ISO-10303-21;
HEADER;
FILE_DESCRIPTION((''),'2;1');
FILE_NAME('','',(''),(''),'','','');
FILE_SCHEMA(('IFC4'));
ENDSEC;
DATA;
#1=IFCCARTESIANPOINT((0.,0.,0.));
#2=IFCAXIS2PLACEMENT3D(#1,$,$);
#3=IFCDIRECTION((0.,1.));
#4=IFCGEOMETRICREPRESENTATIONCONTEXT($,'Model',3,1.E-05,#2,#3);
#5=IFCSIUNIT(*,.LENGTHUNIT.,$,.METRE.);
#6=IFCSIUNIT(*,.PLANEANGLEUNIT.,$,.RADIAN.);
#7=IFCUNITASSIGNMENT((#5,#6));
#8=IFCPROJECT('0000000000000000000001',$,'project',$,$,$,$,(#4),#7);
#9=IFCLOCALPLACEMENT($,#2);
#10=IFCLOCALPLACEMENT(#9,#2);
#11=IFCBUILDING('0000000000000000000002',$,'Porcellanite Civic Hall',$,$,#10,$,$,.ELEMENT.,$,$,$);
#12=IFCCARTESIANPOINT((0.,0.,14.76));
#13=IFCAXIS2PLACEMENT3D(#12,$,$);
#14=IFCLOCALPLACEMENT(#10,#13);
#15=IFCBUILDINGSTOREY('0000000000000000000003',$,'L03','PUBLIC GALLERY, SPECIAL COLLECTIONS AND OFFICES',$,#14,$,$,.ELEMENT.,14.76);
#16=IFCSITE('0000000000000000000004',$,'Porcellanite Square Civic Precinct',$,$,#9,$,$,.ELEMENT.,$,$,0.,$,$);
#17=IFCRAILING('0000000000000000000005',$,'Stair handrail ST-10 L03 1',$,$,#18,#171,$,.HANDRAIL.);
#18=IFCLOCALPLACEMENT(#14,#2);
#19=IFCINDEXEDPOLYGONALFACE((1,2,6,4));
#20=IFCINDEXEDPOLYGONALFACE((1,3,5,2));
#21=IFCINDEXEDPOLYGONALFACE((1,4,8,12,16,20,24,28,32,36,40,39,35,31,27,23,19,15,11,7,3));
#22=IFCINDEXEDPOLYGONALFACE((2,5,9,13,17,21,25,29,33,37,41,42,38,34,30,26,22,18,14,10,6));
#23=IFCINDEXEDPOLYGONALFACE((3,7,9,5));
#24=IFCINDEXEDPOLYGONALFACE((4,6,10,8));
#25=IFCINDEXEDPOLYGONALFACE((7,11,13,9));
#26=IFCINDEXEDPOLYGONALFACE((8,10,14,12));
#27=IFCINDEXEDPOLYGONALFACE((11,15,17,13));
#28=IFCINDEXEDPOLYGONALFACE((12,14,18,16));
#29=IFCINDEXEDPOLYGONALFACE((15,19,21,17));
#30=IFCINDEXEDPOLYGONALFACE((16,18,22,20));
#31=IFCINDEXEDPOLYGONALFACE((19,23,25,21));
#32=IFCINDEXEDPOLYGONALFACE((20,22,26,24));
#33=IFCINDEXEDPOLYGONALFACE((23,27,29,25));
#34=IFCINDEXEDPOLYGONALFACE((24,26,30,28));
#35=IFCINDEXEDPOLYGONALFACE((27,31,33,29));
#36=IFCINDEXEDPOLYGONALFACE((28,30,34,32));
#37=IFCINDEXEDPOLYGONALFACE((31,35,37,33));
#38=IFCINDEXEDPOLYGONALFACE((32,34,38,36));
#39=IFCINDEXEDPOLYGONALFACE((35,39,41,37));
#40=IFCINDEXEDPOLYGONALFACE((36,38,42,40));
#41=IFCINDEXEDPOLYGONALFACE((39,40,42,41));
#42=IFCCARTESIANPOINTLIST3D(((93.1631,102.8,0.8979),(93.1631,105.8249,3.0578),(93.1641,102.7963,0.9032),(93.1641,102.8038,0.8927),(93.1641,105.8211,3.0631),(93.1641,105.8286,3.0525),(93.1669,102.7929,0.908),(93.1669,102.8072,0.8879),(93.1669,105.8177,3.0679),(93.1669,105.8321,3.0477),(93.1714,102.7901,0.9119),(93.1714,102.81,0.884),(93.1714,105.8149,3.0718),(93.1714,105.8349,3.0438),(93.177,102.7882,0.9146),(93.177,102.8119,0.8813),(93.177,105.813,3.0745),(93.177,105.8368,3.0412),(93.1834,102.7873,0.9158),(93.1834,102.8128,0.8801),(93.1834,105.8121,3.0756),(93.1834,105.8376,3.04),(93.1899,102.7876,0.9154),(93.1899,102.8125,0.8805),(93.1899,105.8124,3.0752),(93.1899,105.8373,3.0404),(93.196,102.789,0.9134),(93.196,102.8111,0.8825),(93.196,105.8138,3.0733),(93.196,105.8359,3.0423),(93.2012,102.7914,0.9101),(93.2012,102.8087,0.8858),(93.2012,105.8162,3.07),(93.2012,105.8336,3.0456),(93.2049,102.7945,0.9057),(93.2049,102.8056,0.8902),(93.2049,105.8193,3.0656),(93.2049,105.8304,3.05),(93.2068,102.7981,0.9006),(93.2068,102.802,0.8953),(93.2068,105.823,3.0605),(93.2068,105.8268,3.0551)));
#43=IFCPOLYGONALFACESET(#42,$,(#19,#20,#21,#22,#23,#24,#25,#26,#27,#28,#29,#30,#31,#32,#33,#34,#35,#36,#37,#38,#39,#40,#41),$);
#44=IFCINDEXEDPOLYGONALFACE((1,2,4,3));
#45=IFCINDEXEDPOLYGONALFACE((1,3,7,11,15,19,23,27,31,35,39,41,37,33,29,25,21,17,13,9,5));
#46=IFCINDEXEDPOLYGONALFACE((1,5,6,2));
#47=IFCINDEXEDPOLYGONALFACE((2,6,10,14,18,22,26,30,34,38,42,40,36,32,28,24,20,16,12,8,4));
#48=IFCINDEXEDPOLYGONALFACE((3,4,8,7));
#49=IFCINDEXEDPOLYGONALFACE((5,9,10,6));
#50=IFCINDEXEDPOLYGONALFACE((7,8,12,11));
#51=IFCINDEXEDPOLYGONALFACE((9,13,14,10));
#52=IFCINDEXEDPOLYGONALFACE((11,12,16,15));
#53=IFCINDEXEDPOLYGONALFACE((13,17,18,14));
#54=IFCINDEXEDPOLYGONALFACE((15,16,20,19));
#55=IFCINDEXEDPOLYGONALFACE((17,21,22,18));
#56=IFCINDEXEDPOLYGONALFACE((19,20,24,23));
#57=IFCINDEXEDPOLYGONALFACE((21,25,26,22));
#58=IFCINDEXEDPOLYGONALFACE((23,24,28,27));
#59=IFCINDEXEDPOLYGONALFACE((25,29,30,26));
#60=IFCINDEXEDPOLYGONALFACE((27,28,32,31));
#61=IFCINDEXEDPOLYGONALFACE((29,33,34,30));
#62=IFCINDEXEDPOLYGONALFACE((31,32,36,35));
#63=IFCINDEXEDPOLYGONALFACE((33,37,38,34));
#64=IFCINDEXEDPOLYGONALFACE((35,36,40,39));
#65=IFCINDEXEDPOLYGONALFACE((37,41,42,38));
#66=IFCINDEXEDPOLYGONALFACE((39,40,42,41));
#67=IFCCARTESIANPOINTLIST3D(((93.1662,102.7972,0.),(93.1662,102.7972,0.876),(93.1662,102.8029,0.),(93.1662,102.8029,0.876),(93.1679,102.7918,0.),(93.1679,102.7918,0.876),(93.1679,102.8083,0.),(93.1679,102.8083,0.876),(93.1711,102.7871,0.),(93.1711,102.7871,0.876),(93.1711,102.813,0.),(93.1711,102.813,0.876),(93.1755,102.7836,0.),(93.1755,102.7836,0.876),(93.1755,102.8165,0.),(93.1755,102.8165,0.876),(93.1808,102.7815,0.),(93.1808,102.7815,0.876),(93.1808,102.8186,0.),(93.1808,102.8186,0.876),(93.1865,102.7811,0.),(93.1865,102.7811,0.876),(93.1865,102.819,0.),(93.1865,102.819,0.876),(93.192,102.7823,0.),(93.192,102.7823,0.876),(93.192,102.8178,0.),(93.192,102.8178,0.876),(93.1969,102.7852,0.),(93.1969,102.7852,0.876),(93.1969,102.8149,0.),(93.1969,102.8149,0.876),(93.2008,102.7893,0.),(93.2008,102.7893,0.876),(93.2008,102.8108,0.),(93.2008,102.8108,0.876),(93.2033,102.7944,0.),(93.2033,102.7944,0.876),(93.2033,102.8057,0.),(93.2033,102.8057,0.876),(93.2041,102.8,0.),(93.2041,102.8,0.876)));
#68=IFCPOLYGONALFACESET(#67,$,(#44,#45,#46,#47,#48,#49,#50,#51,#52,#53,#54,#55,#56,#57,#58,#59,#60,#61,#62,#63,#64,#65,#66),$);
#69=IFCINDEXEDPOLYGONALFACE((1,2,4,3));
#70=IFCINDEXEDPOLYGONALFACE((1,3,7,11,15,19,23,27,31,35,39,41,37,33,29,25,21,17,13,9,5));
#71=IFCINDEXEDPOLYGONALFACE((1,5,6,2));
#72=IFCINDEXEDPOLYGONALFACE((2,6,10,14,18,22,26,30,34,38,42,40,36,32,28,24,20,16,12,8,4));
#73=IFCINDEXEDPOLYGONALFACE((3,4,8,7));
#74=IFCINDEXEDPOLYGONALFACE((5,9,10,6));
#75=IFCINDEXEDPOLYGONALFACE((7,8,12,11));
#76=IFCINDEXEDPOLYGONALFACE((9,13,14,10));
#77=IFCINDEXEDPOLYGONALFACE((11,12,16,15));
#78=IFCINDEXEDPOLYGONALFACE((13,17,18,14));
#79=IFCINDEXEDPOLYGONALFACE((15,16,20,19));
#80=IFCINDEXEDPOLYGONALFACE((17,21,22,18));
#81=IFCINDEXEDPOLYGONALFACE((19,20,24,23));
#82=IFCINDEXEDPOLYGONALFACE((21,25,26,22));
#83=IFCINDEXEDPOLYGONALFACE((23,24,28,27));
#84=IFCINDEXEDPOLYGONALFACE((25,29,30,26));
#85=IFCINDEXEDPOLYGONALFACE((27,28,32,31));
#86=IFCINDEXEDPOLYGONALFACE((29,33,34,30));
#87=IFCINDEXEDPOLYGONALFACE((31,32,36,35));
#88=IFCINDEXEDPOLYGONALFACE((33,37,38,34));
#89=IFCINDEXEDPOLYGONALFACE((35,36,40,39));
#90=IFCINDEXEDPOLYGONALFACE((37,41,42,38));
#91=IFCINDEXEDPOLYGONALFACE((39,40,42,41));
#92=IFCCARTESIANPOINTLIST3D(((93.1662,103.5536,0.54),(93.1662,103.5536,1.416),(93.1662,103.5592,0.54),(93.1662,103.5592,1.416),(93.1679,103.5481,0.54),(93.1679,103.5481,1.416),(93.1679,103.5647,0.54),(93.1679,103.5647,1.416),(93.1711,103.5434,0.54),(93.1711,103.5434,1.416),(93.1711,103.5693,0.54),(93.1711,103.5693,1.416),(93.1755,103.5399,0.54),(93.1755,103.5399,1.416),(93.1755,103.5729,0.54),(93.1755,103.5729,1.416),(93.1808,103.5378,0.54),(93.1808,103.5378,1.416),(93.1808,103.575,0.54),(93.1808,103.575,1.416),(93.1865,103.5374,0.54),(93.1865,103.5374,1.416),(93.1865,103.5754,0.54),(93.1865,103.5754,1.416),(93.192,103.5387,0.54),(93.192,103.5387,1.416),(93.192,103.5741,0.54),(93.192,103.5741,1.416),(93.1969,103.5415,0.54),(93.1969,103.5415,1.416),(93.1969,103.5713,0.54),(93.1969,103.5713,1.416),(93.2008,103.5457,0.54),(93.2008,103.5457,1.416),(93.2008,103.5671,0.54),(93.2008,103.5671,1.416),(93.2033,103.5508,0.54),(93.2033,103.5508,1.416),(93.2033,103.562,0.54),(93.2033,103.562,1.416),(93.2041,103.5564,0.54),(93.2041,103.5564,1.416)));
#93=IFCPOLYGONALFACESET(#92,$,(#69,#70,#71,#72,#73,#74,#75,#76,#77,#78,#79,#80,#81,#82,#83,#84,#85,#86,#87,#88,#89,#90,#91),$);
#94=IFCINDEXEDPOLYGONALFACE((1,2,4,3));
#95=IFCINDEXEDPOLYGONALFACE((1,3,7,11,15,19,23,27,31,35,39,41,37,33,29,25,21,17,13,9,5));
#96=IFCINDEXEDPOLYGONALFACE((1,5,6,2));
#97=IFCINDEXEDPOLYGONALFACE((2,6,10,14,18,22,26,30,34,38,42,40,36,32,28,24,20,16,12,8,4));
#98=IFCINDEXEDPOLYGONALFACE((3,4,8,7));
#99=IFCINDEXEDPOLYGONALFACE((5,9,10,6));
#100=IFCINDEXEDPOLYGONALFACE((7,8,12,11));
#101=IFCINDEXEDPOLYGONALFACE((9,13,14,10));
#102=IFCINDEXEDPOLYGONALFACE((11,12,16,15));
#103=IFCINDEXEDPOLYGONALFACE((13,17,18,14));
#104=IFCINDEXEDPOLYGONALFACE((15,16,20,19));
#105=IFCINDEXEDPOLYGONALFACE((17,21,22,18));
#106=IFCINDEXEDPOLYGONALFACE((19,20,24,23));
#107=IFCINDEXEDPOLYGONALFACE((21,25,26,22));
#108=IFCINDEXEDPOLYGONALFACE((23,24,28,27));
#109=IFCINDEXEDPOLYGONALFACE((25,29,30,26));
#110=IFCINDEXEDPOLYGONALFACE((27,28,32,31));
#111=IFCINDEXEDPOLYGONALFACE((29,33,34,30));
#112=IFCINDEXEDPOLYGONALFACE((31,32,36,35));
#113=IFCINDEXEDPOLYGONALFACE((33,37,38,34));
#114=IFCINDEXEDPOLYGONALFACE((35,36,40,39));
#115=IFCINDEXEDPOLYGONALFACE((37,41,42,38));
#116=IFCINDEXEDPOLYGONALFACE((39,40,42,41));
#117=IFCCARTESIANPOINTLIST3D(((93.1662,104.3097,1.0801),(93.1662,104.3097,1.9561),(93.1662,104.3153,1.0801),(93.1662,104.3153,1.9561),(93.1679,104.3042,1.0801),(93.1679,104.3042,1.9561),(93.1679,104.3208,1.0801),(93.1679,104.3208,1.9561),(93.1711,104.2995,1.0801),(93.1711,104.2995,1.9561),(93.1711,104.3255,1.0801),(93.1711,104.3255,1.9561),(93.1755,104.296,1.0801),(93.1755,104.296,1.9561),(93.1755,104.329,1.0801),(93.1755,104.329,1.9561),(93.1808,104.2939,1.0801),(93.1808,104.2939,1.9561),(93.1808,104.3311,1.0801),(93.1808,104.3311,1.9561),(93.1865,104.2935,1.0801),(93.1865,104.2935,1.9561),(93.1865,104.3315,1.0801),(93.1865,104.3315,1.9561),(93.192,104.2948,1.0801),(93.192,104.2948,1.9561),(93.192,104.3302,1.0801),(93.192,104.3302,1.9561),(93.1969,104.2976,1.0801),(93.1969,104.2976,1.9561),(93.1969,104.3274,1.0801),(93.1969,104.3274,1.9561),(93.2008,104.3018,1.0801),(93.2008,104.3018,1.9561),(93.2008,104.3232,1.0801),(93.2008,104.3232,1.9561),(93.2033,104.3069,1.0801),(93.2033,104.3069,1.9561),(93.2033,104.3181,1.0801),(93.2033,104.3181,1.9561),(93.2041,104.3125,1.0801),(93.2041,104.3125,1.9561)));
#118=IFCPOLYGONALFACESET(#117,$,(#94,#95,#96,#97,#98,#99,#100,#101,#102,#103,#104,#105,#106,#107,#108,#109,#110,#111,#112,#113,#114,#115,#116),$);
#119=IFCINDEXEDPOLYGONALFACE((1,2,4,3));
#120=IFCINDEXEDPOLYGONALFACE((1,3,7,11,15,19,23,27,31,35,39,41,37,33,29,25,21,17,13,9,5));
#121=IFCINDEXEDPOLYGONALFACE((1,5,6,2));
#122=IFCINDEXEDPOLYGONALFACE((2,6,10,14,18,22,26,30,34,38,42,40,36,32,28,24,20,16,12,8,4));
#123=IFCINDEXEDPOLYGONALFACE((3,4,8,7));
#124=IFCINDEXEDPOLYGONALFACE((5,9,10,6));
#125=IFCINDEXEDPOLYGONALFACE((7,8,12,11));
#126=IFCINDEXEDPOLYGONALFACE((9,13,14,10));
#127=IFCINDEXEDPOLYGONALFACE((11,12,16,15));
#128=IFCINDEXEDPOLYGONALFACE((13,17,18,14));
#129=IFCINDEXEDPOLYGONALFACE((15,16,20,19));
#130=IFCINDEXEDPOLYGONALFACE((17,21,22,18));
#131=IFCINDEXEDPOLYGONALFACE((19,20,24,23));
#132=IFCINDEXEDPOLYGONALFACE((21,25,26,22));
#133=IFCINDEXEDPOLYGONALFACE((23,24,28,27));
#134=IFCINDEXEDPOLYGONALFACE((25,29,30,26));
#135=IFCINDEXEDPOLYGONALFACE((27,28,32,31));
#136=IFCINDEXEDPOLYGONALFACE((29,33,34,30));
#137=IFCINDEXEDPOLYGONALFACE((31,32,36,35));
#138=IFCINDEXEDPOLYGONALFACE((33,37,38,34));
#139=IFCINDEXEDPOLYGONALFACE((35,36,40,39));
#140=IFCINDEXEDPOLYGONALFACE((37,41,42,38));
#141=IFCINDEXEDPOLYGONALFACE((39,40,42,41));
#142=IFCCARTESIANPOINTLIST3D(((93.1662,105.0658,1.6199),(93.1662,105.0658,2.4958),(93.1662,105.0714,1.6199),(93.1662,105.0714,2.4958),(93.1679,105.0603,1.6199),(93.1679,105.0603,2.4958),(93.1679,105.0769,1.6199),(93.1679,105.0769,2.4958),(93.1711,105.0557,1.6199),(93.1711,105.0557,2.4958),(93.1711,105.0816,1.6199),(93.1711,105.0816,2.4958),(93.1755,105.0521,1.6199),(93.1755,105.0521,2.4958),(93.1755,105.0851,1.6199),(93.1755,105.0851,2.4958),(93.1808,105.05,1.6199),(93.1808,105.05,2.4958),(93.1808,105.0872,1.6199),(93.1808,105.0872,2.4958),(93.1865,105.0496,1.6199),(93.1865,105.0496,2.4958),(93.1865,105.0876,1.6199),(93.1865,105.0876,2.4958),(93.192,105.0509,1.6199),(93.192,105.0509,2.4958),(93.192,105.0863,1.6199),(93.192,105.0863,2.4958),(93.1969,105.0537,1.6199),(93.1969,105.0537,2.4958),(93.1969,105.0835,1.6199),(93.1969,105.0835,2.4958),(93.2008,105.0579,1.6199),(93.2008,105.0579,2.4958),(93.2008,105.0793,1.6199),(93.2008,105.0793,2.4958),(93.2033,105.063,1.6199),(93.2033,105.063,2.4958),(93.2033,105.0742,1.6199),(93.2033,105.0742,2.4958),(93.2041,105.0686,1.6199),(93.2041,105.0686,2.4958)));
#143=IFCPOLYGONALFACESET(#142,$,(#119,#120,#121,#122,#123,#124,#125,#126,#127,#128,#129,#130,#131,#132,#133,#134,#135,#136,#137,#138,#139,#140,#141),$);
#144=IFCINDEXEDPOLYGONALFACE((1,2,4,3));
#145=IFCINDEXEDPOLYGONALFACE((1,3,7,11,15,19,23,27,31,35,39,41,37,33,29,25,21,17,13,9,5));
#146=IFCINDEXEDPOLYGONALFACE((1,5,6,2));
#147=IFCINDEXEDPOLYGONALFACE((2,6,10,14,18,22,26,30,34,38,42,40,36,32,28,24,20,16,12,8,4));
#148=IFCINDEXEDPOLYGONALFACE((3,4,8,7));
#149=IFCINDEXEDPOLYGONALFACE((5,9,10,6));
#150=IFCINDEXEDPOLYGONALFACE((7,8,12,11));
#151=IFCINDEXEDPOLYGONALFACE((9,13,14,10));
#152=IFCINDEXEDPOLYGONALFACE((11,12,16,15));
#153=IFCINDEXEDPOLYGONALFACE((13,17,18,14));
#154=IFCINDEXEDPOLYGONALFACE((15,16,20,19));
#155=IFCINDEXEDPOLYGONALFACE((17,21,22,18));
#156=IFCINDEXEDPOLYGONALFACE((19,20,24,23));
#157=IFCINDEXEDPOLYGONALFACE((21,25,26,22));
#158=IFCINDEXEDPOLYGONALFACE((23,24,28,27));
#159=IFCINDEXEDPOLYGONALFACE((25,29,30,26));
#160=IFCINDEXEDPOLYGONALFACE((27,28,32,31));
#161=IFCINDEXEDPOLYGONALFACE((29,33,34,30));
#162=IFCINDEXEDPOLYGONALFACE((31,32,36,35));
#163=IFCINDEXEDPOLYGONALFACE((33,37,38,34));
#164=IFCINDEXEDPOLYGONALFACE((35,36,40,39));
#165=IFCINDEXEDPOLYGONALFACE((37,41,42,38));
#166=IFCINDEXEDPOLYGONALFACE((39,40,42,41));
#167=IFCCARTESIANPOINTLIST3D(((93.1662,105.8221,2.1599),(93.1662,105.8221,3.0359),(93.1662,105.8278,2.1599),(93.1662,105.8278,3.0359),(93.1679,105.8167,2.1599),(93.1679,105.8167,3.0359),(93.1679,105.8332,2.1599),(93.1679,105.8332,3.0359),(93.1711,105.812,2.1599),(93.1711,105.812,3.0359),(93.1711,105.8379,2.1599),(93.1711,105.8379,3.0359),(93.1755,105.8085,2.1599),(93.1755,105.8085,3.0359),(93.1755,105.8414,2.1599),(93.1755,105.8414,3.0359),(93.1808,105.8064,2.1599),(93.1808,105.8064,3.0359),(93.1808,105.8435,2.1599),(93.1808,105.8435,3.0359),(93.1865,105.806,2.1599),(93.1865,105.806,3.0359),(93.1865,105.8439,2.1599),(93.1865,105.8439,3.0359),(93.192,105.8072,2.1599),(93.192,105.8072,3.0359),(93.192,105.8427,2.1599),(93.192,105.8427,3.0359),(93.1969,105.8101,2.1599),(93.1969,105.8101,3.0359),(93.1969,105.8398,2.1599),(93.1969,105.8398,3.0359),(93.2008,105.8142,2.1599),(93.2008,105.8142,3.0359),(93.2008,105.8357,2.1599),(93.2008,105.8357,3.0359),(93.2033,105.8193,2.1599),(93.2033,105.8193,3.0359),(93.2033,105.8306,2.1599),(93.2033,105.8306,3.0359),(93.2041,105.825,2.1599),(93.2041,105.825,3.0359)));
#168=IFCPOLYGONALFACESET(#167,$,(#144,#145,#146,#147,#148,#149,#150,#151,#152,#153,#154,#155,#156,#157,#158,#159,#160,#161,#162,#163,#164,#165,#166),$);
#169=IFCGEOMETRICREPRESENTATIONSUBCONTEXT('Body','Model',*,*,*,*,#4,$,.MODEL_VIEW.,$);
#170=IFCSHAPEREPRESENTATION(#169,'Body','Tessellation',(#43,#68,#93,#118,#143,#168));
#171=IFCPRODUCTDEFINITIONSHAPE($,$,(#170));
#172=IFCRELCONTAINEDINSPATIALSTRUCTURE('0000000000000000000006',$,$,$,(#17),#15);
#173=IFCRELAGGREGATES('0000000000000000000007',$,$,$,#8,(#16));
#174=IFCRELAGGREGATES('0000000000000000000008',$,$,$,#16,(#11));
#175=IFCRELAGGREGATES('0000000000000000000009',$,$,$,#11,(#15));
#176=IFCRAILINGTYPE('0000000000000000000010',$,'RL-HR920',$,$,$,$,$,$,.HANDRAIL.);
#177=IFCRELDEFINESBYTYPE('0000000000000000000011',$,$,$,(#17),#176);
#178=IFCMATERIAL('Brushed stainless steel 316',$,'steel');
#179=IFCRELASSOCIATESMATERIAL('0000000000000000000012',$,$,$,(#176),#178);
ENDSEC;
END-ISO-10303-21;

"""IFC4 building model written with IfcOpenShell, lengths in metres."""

from ifc_helpers import new_model, si_unit, direction, frame, origin, origin_2d, place, context, subcontext, project, spatial, circle, extrude, material, type_object, element, save


model = new_model("IFC4")

# Units and contexts
model_context = context("Model", 3, precision=1e-05, world=origin(), true_north=direction((0.0, 1.0)))
body_context = subcontext(model_context, "Body", "Model", "MODEL_VIEW")
ifc_project = project(units=[si_unit("LENGTHUNIT", "METRE"), si_unit("PLANEANGLEUNIT", "RADIAN")], contexts=[model_context])

# Site, building, storey
site_placement = place(None, origin())
site = spatial("IfcSite", under=ifc_project, at=site_placement, Name="Porcellanite Square Civic Precinct", CompositionType="ELEMENT", RefElevation=0.0)
building_placement = place(site_placement, origin())
building = spatial("IfcBuilding", under=site, at=building_placement, Name="Porcellanite Civic Hall", CompositionType="ELEMENT")
storey_placement = place(building_placement, frame((0.0, 0.0, 14.76)))
storey = spatial("IfcBuildingStorey", under=building, at=storey_placement, Name="L03", Description="PUBLIC GALLERY, SPECIAL COLLECTIONS AND OFFICES", CompositionType="ELEMENT", Elevation=14.76)

# Railing
ifc_material_1 = material(Name="Brushed stainless steel 316", Category="steel")
railing_type_1 = type_object("IfcRailingType", Name="RL-HR920", PredefinedType="HANDRAIL", material=ifc_material_1)
railing_1_placement = place(storey_placement, frame((93.1851, 102.8, 0.0)))
element("IfcRailing", 1, at=railing_1_placement, inside=storey, type_object=railing_type_1, Name="Stair handrail ST-10 L03 1", PredefinedType="HANDRAIL", context=body_context, shape_type="SweptSolid", body=[
    extrude(circle(Radius=0.022, at=origin_2d()), frame((0.0, 0.0, 0.8979), z_axis=(0.0, 0.813827, 0.581108), x_axis=(-1.0, 0.0, 0.0)), (0.0, 0.0, 1.0), 3.7168),
    extrude(circle(Radius=0.019, at=origin_2d()), origin(), (0.0, 0.0, 1.0), 0.876),
    extrude(circle(Radius=0.019, at=origin_2d()), frame((0.0, 0.7563, 0.54)), (0.0, 0.0, 1.0), 0.876),
    extrude(circle(Radius=0.019, at=origin_2d()), frame((0.0, 1.5125, 1.0801)), (0.0, 0.0, 1.0), 0.876),
    extrude(circle(Radius=0.019, at=origin_2d()), frame((0.0, 2.2686, 1.6199)), (0.0, 0.0, 1.0), 0.876),
    extrude(circle(Radius=0.019, at=origin_2d()), frame((0.0, 3.0249, 2.1599)), (0.0, 0.0, 1.0), 0.876),
])

save(model, "model.ifc")
